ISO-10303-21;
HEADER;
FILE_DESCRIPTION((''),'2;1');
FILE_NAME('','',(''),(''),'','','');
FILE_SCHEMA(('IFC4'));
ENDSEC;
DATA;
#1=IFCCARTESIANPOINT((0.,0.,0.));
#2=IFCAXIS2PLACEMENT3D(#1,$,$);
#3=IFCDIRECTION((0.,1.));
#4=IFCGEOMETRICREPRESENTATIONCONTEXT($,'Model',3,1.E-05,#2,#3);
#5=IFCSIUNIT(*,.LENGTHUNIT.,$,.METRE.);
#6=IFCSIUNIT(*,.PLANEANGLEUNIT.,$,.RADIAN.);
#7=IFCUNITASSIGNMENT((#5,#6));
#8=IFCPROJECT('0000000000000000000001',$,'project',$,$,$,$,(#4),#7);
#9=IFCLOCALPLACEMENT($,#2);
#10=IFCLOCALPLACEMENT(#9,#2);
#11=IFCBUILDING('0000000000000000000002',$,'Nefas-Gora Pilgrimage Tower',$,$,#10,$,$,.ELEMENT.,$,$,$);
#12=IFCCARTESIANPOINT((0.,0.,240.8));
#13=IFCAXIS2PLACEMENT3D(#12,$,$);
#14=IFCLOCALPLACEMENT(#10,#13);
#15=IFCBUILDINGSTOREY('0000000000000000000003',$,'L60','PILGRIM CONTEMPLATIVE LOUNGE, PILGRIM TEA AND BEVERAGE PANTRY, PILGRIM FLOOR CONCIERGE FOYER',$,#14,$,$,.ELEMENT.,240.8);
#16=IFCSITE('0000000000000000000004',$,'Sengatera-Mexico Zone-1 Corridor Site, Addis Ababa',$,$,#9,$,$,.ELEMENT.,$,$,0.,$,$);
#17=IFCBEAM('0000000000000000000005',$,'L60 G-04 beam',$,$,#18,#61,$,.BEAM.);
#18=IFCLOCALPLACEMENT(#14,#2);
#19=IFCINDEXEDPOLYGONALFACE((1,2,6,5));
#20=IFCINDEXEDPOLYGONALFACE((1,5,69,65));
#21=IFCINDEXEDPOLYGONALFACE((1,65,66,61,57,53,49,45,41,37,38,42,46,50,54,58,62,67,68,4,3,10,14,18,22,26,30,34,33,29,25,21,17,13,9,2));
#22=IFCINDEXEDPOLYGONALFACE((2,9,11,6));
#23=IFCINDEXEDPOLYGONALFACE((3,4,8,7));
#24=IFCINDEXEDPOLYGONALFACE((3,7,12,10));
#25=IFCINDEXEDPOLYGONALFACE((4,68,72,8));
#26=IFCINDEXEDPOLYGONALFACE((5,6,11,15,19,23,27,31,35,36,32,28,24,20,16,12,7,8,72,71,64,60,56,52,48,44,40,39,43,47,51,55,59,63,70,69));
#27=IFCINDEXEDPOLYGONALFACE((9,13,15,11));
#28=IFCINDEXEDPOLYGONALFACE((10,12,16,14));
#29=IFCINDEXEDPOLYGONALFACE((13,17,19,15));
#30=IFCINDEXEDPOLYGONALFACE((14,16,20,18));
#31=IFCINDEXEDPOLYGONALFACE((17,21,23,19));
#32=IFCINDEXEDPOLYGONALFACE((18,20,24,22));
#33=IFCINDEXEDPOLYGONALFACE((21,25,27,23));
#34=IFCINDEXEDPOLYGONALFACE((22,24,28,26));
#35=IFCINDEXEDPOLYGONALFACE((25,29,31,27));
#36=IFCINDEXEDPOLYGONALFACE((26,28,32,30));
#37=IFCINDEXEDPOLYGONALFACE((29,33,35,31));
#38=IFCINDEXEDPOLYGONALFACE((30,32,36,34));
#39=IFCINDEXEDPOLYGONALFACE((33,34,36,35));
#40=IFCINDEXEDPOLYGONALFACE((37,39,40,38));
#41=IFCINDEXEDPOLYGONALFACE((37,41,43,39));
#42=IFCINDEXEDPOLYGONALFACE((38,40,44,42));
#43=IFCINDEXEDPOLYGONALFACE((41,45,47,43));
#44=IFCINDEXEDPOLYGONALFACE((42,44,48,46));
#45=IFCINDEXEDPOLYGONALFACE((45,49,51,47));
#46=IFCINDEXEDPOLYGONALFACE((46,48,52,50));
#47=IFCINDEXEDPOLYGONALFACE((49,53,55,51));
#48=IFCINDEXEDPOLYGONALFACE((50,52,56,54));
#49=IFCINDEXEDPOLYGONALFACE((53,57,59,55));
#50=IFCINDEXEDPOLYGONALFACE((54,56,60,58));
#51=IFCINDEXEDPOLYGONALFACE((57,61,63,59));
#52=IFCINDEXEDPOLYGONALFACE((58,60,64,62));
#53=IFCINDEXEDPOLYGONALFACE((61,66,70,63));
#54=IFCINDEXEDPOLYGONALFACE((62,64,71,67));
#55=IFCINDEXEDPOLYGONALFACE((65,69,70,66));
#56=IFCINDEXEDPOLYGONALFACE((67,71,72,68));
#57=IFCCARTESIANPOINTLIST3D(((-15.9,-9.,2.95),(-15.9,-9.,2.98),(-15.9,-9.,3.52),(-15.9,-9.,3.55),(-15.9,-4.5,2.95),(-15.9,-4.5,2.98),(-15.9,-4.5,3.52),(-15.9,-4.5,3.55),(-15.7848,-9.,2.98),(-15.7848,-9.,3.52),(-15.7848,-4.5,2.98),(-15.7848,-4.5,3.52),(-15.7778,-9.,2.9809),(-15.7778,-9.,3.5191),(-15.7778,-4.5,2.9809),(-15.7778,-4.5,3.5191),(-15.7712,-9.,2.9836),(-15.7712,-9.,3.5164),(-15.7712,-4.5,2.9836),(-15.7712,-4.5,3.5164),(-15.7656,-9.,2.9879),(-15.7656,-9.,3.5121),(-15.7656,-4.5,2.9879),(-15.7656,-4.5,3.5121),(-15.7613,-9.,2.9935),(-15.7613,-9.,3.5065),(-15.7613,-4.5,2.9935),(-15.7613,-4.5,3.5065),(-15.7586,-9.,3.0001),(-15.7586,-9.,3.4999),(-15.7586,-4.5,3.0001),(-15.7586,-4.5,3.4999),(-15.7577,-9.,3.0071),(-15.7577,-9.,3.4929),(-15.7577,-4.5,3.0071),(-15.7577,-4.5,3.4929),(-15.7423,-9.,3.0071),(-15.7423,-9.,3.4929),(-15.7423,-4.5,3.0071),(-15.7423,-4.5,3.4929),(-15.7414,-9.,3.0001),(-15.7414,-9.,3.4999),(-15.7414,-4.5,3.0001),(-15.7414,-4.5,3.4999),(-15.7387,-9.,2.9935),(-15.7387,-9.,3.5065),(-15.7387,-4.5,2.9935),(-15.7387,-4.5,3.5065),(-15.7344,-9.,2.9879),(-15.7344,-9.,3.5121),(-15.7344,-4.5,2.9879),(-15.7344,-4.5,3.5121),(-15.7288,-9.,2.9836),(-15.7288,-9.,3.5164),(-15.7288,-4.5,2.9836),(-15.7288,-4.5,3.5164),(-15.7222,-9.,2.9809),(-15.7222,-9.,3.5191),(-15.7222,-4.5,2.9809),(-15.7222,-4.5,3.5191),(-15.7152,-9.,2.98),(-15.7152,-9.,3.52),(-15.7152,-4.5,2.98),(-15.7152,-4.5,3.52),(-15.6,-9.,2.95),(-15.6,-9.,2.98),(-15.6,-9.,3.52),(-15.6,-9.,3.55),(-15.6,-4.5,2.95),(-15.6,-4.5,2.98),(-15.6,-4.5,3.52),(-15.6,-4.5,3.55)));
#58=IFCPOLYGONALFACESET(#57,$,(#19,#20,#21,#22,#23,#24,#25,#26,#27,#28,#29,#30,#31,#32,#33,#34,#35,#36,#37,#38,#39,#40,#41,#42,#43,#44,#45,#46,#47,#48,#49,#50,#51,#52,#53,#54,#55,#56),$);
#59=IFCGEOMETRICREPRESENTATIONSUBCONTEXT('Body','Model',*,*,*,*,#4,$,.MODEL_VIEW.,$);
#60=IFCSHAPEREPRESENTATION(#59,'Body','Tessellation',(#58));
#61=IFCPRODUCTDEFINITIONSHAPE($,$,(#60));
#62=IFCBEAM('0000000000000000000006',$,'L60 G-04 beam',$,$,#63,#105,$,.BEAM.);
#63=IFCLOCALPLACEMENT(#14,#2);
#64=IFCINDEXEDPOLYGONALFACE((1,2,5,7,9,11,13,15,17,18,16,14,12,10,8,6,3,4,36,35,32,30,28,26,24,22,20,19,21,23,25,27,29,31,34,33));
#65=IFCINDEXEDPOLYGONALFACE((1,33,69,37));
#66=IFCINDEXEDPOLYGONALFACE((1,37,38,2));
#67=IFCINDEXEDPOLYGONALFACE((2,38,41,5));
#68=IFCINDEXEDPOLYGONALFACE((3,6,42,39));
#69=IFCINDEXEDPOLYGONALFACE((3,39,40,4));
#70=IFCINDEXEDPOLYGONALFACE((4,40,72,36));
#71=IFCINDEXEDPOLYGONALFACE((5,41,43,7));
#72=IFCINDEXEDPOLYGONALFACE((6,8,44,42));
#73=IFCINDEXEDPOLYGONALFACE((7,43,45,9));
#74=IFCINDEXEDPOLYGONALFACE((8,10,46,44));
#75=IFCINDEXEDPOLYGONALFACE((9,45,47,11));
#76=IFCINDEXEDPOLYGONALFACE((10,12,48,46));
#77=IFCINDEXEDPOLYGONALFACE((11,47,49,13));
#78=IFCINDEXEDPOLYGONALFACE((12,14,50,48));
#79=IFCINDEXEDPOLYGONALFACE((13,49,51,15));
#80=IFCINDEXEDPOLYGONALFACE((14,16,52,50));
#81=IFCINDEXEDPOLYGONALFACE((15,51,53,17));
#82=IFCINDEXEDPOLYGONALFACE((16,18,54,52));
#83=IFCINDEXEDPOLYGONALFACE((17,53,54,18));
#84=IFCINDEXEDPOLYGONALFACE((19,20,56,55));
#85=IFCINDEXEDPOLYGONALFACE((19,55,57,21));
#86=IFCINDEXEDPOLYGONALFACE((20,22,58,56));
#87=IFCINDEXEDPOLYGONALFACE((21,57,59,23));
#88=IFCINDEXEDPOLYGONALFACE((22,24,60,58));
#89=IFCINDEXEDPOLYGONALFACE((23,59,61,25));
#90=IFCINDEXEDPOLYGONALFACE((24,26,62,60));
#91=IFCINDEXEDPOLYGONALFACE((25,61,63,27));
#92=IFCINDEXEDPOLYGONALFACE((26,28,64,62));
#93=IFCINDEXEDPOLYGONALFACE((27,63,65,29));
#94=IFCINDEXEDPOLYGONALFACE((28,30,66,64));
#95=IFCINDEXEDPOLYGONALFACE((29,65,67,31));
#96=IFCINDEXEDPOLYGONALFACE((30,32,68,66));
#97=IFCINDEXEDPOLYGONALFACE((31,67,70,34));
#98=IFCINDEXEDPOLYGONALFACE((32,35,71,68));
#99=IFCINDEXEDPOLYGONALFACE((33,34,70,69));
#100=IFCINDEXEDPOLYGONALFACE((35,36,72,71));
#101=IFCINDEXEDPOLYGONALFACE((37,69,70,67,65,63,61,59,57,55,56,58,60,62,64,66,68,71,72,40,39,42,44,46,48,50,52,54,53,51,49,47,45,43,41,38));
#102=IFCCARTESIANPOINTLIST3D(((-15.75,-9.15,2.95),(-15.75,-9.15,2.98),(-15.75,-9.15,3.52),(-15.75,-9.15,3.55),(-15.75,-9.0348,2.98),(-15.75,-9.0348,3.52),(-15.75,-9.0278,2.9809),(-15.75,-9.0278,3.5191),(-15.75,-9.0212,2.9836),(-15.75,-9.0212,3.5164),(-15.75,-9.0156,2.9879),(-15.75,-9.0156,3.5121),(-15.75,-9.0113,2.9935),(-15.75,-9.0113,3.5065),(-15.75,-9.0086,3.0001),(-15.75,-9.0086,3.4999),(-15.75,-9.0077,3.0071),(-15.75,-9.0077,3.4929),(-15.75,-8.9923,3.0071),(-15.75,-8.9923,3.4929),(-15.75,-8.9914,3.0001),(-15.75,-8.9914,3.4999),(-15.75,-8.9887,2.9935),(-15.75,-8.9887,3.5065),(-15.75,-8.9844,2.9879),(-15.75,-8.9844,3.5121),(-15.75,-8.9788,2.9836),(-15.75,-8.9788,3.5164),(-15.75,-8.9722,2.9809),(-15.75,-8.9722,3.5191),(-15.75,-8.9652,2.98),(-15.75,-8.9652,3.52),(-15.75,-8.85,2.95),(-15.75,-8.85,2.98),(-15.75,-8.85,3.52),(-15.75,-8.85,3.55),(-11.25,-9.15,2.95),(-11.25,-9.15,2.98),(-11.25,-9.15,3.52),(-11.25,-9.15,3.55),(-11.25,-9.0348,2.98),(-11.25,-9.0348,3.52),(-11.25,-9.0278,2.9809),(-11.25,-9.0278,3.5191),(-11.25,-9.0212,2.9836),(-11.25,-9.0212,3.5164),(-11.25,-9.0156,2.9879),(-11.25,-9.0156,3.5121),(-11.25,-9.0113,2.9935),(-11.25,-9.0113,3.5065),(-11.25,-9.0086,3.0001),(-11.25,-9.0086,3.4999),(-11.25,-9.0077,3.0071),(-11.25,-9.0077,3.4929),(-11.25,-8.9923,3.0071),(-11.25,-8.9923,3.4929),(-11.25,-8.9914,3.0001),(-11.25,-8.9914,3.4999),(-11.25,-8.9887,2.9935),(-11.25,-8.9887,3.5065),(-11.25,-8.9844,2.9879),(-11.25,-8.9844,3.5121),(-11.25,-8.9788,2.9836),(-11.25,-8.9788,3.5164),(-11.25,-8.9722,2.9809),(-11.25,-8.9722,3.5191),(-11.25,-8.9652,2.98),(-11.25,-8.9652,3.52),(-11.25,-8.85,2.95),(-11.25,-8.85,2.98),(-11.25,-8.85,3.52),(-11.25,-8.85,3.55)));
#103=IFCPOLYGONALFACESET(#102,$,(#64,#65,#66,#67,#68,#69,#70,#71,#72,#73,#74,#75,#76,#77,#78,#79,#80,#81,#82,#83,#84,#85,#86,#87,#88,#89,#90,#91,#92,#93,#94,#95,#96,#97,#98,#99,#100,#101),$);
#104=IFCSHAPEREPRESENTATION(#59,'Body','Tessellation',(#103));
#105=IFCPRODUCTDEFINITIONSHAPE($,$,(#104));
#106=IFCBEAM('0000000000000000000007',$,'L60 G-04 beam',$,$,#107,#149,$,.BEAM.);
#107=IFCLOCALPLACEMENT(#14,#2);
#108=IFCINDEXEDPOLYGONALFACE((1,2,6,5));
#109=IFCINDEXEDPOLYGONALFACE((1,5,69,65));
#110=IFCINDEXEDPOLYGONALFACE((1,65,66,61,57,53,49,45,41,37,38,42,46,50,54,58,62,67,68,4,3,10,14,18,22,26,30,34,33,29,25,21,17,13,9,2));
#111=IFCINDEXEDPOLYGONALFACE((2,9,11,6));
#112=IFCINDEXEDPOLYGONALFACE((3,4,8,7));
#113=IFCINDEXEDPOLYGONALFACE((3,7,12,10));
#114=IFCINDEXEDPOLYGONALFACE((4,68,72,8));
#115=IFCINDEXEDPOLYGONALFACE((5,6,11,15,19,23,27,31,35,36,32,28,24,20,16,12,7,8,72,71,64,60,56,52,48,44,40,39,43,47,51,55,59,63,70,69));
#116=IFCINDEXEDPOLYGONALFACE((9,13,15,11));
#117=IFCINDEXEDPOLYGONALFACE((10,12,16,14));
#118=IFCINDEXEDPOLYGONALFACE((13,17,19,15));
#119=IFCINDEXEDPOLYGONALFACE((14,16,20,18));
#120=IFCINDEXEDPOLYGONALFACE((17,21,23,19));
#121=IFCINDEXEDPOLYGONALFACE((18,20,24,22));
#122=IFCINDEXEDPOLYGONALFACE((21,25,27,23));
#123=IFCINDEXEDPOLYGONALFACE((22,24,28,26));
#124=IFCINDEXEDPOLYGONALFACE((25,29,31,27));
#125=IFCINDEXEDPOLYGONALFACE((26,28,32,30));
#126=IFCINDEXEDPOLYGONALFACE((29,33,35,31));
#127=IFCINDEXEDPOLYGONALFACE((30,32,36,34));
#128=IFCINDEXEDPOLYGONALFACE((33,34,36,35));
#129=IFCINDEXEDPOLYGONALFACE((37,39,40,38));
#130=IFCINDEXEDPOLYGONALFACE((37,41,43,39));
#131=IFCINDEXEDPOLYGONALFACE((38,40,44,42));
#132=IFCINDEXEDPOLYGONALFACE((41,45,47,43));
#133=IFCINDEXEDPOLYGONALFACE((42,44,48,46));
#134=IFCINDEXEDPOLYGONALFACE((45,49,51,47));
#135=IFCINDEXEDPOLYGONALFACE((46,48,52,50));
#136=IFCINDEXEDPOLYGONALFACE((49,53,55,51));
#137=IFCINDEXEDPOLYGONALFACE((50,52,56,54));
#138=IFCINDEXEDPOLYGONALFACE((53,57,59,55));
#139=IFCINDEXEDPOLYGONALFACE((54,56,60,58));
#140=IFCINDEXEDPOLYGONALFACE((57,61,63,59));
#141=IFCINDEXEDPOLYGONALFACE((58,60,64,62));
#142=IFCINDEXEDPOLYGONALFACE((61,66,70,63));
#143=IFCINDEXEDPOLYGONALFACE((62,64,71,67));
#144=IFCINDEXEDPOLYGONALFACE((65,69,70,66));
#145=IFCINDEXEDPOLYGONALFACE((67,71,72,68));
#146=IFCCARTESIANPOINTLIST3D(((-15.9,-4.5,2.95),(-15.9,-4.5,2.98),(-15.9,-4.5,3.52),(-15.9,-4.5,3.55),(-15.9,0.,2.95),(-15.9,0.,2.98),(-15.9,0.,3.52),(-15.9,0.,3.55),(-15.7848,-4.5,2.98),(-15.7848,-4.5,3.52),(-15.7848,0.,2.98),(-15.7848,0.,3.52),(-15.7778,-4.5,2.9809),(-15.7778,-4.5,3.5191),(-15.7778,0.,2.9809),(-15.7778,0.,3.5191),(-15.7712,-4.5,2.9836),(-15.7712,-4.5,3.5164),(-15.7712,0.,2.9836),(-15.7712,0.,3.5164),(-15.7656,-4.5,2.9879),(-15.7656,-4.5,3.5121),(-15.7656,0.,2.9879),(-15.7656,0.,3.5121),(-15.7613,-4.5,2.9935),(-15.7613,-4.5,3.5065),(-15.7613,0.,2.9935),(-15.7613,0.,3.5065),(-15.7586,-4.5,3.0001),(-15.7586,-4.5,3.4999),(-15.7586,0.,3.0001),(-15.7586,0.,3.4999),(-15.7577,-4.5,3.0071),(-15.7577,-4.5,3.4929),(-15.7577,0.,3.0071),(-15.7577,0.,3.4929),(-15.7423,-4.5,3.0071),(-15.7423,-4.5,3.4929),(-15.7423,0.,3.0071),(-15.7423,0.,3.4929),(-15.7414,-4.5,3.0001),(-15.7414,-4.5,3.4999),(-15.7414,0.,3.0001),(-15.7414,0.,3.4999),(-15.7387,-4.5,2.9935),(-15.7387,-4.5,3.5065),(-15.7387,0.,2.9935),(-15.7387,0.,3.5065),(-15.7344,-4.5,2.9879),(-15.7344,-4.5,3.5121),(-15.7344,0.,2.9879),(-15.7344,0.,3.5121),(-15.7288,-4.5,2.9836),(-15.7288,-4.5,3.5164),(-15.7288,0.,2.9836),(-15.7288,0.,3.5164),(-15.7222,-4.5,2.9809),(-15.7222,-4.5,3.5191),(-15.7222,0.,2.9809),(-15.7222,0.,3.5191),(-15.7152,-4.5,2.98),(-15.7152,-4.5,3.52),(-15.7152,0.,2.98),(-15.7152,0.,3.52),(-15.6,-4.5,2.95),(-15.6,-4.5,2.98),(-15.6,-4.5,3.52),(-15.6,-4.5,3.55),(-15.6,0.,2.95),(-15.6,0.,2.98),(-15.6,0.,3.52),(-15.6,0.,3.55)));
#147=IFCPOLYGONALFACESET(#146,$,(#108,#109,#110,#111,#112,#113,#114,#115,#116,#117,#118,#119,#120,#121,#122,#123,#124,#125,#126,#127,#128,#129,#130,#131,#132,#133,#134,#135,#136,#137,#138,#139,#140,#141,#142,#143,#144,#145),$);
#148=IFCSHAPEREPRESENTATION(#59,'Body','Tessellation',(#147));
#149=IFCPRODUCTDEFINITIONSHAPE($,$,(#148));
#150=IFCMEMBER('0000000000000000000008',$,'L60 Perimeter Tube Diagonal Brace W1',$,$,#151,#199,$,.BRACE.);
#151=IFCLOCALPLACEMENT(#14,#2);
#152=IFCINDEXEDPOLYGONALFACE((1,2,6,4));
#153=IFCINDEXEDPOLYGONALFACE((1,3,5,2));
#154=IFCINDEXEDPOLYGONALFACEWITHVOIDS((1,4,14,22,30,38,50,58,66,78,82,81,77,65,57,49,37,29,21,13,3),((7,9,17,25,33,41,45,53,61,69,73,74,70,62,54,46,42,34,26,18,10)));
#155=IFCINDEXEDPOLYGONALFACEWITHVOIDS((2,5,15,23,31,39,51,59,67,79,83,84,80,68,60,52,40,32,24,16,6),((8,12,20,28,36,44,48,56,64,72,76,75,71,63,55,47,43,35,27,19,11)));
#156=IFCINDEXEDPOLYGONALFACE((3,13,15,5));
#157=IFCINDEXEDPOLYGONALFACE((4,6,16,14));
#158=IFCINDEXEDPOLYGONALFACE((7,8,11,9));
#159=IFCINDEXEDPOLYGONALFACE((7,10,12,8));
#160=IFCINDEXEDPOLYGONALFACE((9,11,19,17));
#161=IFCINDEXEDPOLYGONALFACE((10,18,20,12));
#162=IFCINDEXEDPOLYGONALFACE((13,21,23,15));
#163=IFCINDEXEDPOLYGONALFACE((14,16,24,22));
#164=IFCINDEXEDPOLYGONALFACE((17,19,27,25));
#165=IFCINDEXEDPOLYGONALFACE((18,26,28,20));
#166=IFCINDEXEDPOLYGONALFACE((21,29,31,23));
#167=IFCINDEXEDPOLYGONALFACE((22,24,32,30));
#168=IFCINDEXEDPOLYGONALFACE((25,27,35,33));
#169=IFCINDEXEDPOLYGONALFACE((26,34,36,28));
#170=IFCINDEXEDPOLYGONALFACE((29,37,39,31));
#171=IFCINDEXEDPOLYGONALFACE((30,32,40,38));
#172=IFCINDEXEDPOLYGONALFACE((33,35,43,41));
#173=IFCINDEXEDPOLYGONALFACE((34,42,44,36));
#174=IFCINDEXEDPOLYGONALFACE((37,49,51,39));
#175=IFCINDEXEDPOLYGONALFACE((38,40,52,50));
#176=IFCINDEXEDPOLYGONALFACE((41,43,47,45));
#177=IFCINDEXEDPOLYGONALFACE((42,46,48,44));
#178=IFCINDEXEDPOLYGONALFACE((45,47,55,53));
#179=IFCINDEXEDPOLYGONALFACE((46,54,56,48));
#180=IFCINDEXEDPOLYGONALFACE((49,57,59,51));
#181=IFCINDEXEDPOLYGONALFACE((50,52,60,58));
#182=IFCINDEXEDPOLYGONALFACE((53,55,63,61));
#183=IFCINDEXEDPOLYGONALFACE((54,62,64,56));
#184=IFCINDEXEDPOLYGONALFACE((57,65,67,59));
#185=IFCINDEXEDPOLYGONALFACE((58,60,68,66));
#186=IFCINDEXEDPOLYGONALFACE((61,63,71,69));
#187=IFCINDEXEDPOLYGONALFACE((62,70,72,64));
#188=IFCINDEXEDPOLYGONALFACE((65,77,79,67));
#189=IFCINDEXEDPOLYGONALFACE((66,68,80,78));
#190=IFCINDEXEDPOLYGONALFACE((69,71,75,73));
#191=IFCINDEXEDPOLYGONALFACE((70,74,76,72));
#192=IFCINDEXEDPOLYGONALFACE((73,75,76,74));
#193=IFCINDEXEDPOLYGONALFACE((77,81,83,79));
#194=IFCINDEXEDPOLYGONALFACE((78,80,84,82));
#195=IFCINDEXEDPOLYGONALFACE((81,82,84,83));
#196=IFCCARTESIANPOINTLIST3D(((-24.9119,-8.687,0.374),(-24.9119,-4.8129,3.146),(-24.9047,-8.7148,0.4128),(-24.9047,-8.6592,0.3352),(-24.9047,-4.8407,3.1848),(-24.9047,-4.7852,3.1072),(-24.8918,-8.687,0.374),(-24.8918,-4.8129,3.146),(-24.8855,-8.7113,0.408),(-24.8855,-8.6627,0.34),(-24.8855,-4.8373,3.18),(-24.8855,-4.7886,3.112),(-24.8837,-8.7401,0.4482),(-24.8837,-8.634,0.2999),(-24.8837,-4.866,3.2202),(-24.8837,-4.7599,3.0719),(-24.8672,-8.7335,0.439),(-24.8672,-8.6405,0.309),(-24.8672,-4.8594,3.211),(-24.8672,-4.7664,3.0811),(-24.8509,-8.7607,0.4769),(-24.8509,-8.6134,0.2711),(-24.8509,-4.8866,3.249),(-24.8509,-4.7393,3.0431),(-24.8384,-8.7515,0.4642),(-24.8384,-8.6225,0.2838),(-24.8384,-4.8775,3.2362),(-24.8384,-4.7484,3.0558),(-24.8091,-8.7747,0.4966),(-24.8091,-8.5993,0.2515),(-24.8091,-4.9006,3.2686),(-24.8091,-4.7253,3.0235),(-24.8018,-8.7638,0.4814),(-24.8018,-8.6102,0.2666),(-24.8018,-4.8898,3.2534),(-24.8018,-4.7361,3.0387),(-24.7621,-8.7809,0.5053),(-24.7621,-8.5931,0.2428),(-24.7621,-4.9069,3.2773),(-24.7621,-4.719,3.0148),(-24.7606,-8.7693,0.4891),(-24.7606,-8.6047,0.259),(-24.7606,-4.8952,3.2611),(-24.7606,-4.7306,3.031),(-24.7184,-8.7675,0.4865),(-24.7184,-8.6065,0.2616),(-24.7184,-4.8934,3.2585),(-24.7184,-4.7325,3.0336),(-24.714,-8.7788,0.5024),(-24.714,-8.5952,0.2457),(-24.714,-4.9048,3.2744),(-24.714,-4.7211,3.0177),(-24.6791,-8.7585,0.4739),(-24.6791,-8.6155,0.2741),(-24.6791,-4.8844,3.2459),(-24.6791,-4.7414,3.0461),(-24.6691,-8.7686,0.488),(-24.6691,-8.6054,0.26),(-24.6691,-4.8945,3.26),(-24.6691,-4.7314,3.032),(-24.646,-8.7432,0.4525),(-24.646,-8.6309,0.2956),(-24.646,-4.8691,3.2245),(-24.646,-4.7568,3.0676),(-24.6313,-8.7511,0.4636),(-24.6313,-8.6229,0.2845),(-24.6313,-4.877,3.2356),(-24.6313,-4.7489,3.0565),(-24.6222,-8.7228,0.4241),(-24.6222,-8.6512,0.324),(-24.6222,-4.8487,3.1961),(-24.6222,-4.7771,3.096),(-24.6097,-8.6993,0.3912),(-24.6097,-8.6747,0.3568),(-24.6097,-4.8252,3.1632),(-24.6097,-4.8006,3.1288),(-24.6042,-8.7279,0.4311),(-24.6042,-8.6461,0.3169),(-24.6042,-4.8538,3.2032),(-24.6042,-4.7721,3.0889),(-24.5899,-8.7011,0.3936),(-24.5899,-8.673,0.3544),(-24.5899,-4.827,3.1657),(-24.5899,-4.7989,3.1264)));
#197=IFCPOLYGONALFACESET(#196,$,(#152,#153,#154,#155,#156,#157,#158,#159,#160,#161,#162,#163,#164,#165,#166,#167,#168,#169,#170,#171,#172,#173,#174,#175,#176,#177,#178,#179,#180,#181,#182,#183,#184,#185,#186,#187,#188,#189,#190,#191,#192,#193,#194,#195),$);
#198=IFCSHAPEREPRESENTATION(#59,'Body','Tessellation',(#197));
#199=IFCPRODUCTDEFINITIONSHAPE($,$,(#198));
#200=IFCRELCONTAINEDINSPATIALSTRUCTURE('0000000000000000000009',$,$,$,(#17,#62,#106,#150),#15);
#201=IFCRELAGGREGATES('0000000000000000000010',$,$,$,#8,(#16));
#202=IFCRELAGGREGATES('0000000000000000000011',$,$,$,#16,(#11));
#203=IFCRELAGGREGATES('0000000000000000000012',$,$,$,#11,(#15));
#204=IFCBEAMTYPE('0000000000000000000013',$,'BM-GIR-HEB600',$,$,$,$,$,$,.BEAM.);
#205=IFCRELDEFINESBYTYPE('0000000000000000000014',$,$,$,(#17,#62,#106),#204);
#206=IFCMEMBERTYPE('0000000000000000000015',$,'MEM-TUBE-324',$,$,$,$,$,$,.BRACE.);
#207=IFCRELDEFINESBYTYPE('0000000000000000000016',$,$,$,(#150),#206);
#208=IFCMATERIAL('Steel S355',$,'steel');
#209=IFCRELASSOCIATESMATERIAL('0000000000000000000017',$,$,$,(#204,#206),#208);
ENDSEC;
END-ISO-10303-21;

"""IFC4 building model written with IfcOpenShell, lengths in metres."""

from ifc_helpers import new_model, si_unit, direction, frame, origin, origin_2d, place, context, subcontext, project, spatial, hollow_circle, i_section, extrude, source, transform, mapped, material, material_profile, profile_set, type_object, element, save


model = new_model("IFC4")

# Units and contexts
model_context = context("Model", 3, precision=1e-05, world=origin(), true_north=direction((0.0, 1.0)))
body_context = subcontext(model_context, "Body", "Model", "MODEL_VIEW")
ifc_project = project(units=[si_unit("LENGTHUNIT", "METRE"), si_unit("PLANEANGLEUNIT", "RADIAN")], contexts=[model_context])

# Site, building, storey
site_placement = place(None, origin())
site = spatial("IfcSite", under=ifc_project, at=site_placement, Name="Sengatera-Mexico Zone-1 Corridor Site, Addis Ababa", CompositionType="ELEMENT", RefElevation=0.0)
building_placement = place(site_placement, origin())
building = spatial("IfcBuilding", under=site, at=building_placement, Name="Nefas-Gora Pilgrimage Tower", CompositionType="ELEMENT")
storey_placement = place(building_placement, frame((0.0, 0.0, 240.8)))
storey = spatial("IfcBuildingStorey", under=building, at=storey_placement, Name="L60", Description="PILGRIM CONTEMPLATIVE LOUNGE, PILGRIM TEA AND BEVERAGE PANTRY, PILGRIM FLOOR CONCIERGE FOYER", CompositionType="ELEMENT", Elevation=240.8)

# Beams
ifc_material_1 = material(Name="Steel S355", Category="steel")
ifc_material_profile_1 = material_profile(ifc_material_1, i_section(OverallWidth=0.3, OverallDepth=0.6001, WebThickness=0.0154, FlangeThickness=0.03, FilletRadius=0.0271, at=origin_2d()), Name="HEB 600")
ifc_profile_set_1 = profile_set([ifc_material_profile_1], Name="Steel S355")
beam_type_1 = type_object("IfcBeamType", Name="BM-GIR-HEB600", PredefinedType="BEAM", material=ifc_profile_set_1)
shared_shape_1 = source(origin(), body_context, "Body", "SweptSolid", [
    extrude(i_section(OverallWidth=0.3, OverallDepth=0.6001, WebThickness=0.0154, FlangeThickness=0.03, FilletRadius=0.0271, at=origin_2d()), origin(), (0.0, 0.0, 1.0), 4.5),
])
for number, where, z_axis, x_axis, name in (
    (1, (-15.75, -9.0, 3.25), (0.0, 1.0, 0.0), (-1.0, 0.0, 0.0), "L60 G-04 beam"),
    (2, (-15.75, -9.0, 3.25), (1.0, 0.0, 0.0), (0.0, 1.0, 0.0), "L60 G-04 beam"),
    (3, (-15.75, -4.5, 3.25), (0.0, 1.0, 0.0), (-1.0, 0.0, 0.0), "L60 G-04 beam"),
):
    element("IfcBeam", number, at=place(storey_placement, frame(where, z_axis=z_axis, x_axis=x_axis)), inside=storey, type_object=beam_type_1, Name=name, PredefinedType="BEAM", context=body_context, shape_type="MappedRepresentation", body=[
        mapped(shared_shape_1, transform((0.0, 0.0, 0.0), x_axis=(1.0, 0.0, 0.0), y_axis=(0.0, 1.0, 0.0), z_axis=(0.0, 0.0, 1.0), scale=1.0)),
    ])

# Member
ifc_material_profile_2 = material_profile(ifc_material_1, hollow_circle(Radius=0.1619, WallThickness=0.02, at=origin_2d()), Name="CHS 323.9x20")
ifc_profile_set_2 = profile_set([ifc_material_profile_2], Name="Steel S355")
member_type_1 = type_object("IfcMemberType", Name="MEM-TUBE-324", PredefinedType="BRACE", material=ifc_profile_set_2)
shared_shape_2 = source(origin(), body_context, "Body", "SweptSolid", [
    extrude(hollow_circle(Radius=0.1619, WallThickness=0.02, at=origin_2d()), origin(), (0.0, 0.0, 1.0), 4.7637),
])
member_1_placement = place(storey_placement, frame((-24.75, -8.687, 0.374), z_axis=(0.0, 0.813255, 0.581907), x_axis=(-1.0, 0.0, 0.0)))
element("IfcMember", 4, at=member_1_placement, inside=storey, type_object=member_type_1, Name="L60 Perimeter Tube Diagonal Brace W1", PredefinedType="BRACE", context=body_context, shape_type="MappedRepresentation", body=[
    mapped(shared_shape_2, transform((0.0, 0.0, 0.0), x_axis=(1.0, 0.0, 0.0), y_axis=(0.0, 1.0, 0.0), z_axis=(0.0, 0.0, 1.0), scale=1.0)),
])

save(model, "model.ifc")
